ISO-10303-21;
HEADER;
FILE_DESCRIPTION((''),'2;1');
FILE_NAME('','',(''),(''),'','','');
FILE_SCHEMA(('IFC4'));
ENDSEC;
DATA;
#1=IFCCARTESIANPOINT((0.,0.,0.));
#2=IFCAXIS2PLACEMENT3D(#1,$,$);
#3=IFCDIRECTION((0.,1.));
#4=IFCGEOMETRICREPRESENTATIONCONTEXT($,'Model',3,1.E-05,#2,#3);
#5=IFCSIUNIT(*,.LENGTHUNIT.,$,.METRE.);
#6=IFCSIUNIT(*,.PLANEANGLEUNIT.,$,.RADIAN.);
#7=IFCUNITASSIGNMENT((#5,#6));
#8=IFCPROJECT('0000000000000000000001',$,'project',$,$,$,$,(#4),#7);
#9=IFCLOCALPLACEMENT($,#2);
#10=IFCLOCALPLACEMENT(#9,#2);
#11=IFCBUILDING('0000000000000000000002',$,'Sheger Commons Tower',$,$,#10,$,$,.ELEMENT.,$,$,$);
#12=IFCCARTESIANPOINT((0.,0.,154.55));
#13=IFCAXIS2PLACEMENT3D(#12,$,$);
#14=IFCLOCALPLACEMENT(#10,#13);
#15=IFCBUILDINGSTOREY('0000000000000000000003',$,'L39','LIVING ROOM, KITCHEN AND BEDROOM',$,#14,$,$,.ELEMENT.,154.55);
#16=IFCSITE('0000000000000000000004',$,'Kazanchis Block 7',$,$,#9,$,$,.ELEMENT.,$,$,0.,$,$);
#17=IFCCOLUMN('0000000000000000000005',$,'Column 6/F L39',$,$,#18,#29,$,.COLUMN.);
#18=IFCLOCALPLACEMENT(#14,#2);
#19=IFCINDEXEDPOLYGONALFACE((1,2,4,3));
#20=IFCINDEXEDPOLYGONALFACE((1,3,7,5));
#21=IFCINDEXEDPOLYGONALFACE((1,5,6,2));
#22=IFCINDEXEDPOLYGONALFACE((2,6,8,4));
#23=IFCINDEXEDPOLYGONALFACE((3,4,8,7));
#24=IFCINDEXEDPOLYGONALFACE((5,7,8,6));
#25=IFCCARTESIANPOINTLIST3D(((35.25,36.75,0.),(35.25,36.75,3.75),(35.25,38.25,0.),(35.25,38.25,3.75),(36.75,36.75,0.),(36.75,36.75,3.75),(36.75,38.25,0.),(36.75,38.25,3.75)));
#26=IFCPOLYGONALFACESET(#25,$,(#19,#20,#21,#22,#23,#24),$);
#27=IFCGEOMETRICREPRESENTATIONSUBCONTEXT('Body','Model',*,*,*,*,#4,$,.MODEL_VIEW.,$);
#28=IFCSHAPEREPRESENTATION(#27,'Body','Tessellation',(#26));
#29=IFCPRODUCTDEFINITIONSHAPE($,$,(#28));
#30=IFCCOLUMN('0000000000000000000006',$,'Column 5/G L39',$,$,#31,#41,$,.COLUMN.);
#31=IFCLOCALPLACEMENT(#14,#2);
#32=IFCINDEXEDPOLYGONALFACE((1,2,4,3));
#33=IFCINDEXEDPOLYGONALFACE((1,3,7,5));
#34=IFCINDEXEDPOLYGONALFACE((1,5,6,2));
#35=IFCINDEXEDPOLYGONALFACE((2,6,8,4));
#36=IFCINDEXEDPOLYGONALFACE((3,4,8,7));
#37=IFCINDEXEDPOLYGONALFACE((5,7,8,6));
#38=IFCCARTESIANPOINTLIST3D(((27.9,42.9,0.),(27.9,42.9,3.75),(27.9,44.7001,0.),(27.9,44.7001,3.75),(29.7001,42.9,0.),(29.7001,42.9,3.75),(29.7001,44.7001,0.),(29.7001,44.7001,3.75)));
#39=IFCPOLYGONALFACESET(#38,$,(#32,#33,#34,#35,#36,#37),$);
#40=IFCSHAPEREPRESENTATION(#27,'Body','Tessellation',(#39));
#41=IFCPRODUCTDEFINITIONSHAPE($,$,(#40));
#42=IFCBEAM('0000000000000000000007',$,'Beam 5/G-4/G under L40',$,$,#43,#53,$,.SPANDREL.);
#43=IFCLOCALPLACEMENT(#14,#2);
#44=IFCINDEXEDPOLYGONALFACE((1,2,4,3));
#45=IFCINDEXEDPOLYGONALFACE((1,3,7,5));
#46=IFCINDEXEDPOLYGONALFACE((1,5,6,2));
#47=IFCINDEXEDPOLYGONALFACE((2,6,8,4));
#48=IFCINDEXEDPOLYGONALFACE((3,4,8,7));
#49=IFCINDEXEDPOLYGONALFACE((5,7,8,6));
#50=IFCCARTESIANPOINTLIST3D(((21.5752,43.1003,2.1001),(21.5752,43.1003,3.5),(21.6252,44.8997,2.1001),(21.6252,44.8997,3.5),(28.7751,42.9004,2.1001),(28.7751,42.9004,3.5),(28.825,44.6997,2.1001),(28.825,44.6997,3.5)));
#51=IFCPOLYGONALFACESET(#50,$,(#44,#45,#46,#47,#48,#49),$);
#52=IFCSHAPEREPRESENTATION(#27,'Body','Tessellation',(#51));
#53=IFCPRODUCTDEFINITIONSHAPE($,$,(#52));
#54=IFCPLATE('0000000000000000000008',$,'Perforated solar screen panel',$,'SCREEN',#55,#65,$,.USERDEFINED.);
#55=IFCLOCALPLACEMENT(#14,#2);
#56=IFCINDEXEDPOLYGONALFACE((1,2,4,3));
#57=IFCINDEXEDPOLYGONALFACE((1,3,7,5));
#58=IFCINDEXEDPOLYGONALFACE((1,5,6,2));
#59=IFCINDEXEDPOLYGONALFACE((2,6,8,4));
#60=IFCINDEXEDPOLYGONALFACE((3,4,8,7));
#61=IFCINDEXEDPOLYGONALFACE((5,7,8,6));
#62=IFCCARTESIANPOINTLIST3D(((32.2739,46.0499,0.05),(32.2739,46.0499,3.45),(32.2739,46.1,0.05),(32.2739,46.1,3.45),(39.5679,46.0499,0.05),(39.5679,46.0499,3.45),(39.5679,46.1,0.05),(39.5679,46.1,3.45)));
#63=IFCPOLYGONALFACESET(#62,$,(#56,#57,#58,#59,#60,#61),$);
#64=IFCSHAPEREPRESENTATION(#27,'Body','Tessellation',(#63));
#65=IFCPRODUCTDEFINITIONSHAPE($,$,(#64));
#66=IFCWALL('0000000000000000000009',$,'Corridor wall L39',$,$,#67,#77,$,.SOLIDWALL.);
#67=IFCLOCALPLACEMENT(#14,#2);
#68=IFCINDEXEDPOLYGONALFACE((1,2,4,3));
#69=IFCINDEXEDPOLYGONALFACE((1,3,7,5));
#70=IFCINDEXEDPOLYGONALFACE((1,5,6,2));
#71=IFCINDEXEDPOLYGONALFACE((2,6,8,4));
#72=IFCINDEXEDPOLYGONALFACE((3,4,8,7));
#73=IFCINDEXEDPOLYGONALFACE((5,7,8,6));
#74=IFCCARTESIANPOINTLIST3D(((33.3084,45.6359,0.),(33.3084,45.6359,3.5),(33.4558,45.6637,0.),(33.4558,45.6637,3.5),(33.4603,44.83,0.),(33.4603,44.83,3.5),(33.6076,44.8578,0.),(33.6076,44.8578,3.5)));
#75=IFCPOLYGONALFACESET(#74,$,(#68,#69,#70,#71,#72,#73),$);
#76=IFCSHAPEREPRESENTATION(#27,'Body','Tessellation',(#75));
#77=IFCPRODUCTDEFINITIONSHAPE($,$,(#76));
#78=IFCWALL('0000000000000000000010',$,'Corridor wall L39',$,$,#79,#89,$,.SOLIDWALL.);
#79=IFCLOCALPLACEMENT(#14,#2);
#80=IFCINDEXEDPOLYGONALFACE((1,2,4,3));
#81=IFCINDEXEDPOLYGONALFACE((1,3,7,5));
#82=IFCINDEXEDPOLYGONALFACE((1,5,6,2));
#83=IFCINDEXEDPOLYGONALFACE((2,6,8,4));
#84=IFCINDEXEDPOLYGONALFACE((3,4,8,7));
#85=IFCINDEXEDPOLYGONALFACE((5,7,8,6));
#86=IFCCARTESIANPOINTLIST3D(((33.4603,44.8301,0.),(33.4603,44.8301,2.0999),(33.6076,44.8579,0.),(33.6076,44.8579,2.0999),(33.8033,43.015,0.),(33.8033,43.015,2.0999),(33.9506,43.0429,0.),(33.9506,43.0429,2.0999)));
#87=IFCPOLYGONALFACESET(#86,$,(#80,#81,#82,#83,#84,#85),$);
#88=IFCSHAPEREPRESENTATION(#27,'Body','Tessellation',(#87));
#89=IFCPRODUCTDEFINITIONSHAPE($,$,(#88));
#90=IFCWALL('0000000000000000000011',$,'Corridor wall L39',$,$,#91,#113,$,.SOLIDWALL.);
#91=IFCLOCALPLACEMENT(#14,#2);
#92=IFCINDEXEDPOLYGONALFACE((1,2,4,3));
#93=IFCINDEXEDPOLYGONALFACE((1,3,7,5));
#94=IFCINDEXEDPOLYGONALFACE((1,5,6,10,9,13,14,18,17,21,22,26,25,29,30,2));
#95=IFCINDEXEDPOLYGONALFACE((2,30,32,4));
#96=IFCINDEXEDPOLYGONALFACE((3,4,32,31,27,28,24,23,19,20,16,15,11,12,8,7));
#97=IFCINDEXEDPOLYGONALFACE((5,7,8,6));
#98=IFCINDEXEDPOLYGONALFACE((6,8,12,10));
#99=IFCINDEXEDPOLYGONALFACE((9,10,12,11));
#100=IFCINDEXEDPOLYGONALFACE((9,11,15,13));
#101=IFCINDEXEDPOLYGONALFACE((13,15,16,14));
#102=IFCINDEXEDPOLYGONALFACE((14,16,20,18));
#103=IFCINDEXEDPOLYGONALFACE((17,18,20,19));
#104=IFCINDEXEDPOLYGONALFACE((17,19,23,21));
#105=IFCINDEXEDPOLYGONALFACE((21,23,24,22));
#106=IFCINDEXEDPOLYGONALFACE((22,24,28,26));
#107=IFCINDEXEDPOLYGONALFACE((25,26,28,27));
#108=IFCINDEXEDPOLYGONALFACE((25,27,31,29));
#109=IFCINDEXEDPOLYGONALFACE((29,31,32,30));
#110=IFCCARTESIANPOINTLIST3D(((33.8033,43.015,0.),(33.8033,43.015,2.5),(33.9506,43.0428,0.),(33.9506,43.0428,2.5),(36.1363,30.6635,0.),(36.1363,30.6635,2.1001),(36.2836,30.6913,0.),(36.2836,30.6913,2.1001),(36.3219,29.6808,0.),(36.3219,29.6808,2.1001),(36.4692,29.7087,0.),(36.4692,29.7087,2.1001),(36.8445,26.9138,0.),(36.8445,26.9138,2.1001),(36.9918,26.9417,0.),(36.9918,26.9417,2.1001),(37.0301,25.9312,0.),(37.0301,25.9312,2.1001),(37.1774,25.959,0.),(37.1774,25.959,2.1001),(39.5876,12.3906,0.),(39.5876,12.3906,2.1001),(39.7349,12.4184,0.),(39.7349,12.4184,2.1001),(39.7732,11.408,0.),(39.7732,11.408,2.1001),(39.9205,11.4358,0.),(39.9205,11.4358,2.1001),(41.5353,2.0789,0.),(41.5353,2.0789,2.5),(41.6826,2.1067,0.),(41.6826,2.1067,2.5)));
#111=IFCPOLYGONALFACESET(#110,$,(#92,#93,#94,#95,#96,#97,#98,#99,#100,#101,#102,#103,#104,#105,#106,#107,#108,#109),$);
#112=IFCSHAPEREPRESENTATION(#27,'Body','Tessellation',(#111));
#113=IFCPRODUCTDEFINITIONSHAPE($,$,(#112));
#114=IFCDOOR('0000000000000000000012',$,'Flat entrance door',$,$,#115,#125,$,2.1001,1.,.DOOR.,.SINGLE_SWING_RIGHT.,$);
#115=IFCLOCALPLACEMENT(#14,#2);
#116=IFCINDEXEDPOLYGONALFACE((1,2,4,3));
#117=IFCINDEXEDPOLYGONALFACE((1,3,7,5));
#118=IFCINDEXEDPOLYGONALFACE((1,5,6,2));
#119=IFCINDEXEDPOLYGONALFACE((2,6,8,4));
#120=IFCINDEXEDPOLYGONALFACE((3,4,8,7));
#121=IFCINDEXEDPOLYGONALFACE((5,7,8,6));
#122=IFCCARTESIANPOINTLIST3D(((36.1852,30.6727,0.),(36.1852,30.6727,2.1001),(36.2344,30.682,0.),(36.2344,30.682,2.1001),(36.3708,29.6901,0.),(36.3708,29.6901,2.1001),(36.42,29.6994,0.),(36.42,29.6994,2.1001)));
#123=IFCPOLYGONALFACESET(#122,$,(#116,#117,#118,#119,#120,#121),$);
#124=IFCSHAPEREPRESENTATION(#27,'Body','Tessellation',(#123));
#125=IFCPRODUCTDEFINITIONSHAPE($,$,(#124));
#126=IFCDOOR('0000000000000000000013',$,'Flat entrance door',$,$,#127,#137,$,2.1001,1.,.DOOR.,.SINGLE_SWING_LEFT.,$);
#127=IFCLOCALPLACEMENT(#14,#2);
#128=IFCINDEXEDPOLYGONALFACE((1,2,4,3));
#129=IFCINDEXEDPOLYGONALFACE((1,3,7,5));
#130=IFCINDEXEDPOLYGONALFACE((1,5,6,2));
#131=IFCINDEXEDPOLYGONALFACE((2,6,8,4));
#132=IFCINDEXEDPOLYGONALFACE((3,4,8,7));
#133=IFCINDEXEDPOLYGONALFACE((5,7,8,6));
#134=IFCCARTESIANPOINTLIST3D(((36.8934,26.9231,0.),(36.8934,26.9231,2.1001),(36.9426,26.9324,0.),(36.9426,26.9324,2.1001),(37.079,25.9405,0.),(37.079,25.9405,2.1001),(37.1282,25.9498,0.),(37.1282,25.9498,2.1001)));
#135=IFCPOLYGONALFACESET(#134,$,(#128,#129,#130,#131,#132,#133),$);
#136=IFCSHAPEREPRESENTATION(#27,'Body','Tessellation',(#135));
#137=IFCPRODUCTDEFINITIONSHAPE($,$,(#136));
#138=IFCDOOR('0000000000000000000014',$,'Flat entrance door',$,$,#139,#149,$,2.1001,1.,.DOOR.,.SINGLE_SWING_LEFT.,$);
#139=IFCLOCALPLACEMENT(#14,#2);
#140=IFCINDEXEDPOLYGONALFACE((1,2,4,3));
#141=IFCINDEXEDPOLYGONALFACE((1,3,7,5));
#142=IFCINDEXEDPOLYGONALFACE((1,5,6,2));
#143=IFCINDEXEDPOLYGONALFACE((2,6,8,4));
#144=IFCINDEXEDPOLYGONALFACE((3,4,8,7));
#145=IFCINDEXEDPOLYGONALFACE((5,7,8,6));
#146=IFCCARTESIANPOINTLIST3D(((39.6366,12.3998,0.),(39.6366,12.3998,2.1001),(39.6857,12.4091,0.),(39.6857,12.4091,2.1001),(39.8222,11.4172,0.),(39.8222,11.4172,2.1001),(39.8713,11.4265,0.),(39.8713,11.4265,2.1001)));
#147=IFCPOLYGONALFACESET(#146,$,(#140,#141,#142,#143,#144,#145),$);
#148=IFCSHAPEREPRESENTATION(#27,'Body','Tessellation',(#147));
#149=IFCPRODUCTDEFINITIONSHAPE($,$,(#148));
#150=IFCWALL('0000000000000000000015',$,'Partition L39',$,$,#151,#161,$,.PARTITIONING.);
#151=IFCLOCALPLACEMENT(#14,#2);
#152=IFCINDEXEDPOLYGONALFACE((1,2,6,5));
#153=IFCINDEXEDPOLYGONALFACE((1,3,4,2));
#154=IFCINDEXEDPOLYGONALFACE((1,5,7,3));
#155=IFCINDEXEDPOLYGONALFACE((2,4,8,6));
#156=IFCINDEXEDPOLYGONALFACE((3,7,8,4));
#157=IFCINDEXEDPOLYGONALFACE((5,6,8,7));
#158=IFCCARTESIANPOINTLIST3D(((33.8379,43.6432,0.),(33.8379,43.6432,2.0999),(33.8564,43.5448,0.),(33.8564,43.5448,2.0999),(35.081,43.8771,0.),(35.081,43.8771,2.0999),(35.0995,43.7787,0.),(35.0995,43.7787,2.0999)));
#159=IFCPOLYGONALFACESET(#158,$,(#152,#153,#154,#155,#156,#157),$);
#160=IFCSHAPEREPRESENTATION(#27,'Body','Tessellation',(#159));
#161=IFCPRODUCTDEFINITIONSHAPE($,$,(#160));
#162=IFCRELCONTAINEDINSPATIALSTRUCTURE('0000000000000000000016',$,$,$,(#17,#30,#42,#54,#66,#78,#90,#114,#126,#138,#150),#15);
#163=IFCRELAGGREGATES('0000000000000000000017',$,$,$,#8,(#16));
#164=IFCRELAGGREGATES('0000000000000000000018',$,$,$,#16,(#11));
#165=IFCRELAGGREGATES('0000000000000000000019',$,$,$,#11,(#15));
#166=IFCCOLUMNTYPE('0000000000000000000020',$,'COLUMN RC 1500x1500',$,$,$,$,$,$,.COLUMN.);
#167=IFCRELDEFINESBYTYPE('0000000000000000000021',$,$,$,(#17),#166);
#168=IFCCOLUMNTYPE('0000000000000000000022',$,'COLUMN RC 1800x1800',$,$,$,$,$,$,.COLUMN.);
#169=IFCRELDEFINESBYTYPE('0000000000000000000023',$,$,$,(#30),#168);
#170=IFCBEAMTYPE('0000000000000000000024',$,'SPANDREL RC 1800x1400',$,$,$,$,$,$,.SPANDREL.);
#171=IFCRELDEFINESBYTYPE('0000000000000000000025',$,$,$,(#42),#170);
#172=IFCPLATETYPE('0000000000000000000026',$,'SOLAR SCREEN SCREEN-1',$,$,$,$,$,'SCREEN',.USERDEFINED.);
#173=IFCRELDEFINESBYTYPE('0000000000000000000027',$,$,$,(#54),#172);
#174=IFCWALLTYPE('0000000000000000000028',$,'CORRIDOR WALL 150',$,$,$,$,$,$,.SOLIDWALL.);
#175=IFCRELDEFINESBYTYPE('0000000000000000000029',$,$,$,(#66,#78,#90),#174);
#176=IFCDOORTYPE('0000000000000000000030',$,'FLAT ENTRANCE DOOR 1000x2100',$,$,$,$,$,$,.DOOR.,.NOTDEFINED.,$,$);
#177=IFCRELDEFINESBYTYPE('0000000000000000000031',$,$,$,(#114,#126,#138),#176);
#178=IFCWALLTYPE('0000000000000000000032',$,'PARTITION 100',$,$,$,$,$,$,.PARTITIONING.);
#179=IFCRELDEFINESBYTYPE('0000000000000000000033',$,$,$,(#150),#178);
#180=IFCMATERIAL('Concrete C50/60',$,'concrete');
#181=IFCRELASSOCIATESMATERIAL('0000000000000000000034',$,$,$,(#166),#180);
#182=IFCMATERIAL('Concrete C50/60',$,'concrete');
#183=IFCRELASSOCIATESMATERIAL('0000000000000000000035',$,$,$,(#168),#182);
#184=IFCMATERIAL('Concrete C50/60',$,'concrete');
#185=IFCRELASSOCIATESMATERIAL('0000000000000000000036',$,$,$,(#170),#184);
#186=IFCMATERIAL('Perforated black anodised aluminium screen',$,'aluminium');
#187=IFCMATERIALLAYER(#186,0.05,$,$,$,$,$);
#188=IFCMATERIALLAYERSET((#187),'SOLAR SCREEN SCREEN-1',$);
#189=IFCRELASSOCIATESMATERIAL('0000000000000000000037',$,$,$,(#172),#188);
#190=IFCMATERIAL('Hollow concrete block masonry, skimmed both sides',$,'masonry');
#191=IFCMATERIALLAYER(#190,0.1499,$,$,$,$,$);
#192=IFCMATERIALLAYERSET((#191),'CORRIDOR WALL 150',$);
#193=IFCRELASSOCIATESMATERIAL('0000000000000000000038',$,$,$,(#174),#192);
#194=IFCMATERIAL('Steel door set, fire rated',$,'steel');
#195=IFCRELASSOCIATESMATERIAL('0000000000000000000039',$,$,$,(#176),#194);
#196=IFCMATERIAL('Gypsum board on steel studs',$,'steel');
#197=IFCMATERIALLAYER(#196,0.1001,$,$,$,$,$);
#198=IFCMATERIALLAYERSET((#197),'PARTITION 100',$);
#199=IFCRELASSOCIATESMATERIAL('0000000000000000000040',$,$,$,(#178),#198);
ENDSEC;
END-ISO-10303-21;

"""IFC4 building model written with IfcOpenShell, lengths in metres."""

from ifc_helpers import new_model, si_unit, direction, frame, frame_2d, origin, origin_2d, place, context, subcontext, project, spatial, rectangle, extrude, material, layer, layer_set, material_profile, profile_set, type_object, element, fill, save


model = new_model("IFC4")

# Units and contexts
model_context = context("Model", 3, precision=1e-05, world=origin(), true_north=direction((0.0, 1.0)))
body_context = subcontext(model_context, "Body", "Model", "MODEL_VIEW")
ifc_project = project(units=[si_unit("LENGTHUNIT", "METRE"), si_unit("PLANEANGLEUNIT", "RADIAN")], contexts=[model_context])

# Site, building, storey
site_placement = place(None, origin())
site = spatial("IfcSite", under=ifc_project, at=site_placement, Name="Kazanchis Block 7", CompositionType="ELEMENT", RefElevation=0.0)
building_placement = place(site_placement, origin())
building = spatial("IfcBuilding", under=site, at=building_placement, Name="Sheger Commons Tower", CompositionType="ELEMENT")
storey_placement = place(building_placement, frame((0.0, 0.0, 154.55)))
storey = spatial("IfcBuildingStorey", under=building, at=storey_placement, Name="L39", Description="LIVING ROOM, KITCHEN AND BEDROOM", CompositionType="ELEMENT", Elevation=154.55)

# Columns
ifc_material_1 = material(Name="Concrete C50/60", Category="concrete")
ifc_material_profile_1 = material_profile(ifc_material_1, rectangle(XDim=1.5, YDim=1.5, at=origin_2d()), Name="RC 1500x1500")
ifc_profile_set_1 = profile_set([ifc_material_profile_1], Name="Concrete C50/60")
column_type_1 = type_object("IfcColumnType", Name="COLUMN RC 1500x1500", PredefinedType="COLUMN", material=ifc_profile_set_1)
column_1_placement = place(storey_placement, frame((36.0, 37.5, 0.0), z_axis=(0.0, 0.0, 1.0), x_axis=(1.0, 0.0, 0.0)))
element("IfcColumn", 1, at=column_1_placement, inside=storey, type_object=column_type_1, Name="Column 6/F L39", PredefinedType="COLUMN", context=body_context, shape_type="SweptSolid", body=[
    extrude(rectangle(XDim=1.5, YDim=1.5, at=origin_2d()), origin(), (0.0, 0.0, 1.0), 3.75),
])
ifc_material_2 = material(Name="Concrete C50/60", Category="concrete")
ifc_material_profile_2 = material_profile(ifc_material_2, rectangle(XDim=1.8, YDim=1.8, at=origin_2d()), Name="RC 1800x1800")
ifc_profile_set_2 = profile_set([ifc_material_profile_2], Name="Concrete C50/60")
column_type_2 = type_object("IfcColumnType", Name="COLUMN RC 1800x1800", PredefinedType="COLUMN", material=ifc_profile_set_2)
column_2_placement = place(storey_placement, frame((28.8, 43.8, 0.0), z_axis=(0.0, 0.0, 1.0), x_axis=(1.0, 0.0, 0.0)))
element("IfcColumn", 2, at=column_2_placement, inside=storey, type_object=column_type_2, Name="Column 5/G L39", PredefinedType="COLUMN", context=body_context, shape_type="SweptSolid", body=[
    extrude(rectangle(XDim=1.8, YDim=1.8, at=origin_2d()), origin(), (0.0, 0.0, 1.0), 3.75),
])

# Beam
ifc_material_3 = material(Name="Concrete C50/60", Category="concrete")
ifc_material_profile_3 = material_profile(ifc_material_3, rectangle(XDim=1.8, YDim=1.3999, at=origin_2d()), Name="RC 1800x1400")
ifc_profile_set_3 = profile_set([ifc_material_profile_3], Name="Concrete C50/60")
beam_type = type_object("IfcBeamType", Name="SPANDREL RC 1800x1400", PredefinedType="SPANDREL", material=ifc_profile_set_3)
beam_placement = place(storey_placement, frame((28.8, 43.8, 2.8), z_axis=(-0.999615, 0.02776, 0.0), x_axis=(-0.02776, -0.999615, 0.0)))
element("IfcBeam", 3, at=beam_placement, inside=storey, type_object=beam_type, Name="Beam 5/G-4/G under L40", PredefinedType="SPANDREL", context=body_context, shape_type="SweptSolid", body=[
    extrude(rectangle(XDim=1.8, YDim=1.3999, at=origin_2d()), origin(), (0.0, 0.0, 1.0), 7.2026),
])

# Plate
ifc_material_4 = material(Name="Perforated black anodised aluminium screen", Category="aluminium")
ifc_layer_1 = layer(ifc_material_4, 0.05)
ifc_layer_set_1 = layer_set([ifc_layer_1], Name="SOLAR SCREEN SCREEN-1")
plate_type = type_object("IfcPlateType", Name="SOLAR SCREEN SCREEN-1", ElementType="SCREEN", PredefinedType="USERDEFINED", material=ifc_layer_set_1)
plate_placement = place(storey_placement, frame((35.9209, 46.075, 0.05), z_axis=(0.0, 0.0, 1.0), x_axis=(-1.0, 0.0, 0.0)))
element("IfcPlate", 4, at=plate_placement, inside=storey, type_object=plate_type, Name="Perforated solar screen panel", ObjectType="SCREEN", PredefinedType="USERDEFINED", context=body_context, shape_type="SweptSolid", body=[
    extrude(rectangle(XDim=7.2939, YDim=0.05, at=origin_2d()), origin(), (0.0, 0.0, 1.0), 3.3999),
])

# Walls
ifc_material_5 = material(Name="Hollow concrete block masonry, skimmed both sides", Category="masonry")
ifc_layer_2 = layer(ifc_material_5, 0.1499)
ifc_layer_set_2 = layer_set([ifc_layer_2], Name="CORRIDOR WALL 150")
wall_type_1 = type_object("IfcWallType", Name="CORRIDOR WALL 150", PredefinedType="SOLIDWALL", material=ifc_layer_set_2)
wall_1_placement = place(storey_placement, frame((33.3821, 45.6499, 0.0), z_axis=(0.0, 0.0, 1.0), x_axis=(0.185169, -0.982707, 0.0)))
element("IfcWall", 5, at=wall_1_placement, inside=storey, type_object=wall_type_1, Name="Corridor wall L39", PredefinedType="SOLIDWALL", context=body_context, shape_type="SweptSolid", body=[
    extrude(rectangle(XDim=0.8201, YDim=0.1499, at=frame_2d((0.4102, 0.0))), origin(), (0.0, 0.0, 1.0), 3.5),
])
wall_2_placement = place(storey_placement, frame((33.5339, 44.844, 0.0), z_axis=(0.0, 0.0, 1.0), x_axis=(0.185709, -0.982605, 0.0)))
element("IfcWall", 6, at=wall_2_placement, inside=storey, type_object=wall_type_1, Name="Corridor wall L39", PredefinedType="SOLIDWALL", context=body_context, shape_type="SweptSolid", body=[
    extrude(rectangle(XDim=1.8472, YDim=0.1499, at=frame_2d((0.9236, 0.0))), origin(), (0.0, 0.0, 1.0), 2.0999),
])

# Wall, openings, doors
wall_3_placement = place(storey_placement, frame((33.877, 43.0291, 0.0), z_axis=(0.0, 0.0, 1.0), x_axis=(0.185597, -0.982626, 0.0)))
wall_3 = element("IfcWall", 7, at=wall_3_placement, inside=storey, type_object=wall_type_1, Name="Corridor wall L39", PredefinedType="SOLIDWALL", context=body_context, shape_type="SweptSolid", body=[
    extrude(rectangle(XDim=41.6599, YDim=0.1499, at=frame_2d((20.8301, 0.0))), origin(), (0.0, 0.0, 1.0), 2.5),
])
opening_1_placement = place(wall_3_placement, frame((12.5701, 0.0, 0.0)))
opening_1 = element("IfcOpeningElement", 8, at=opening_1_placement, cuts=wall_3, PredefinedType="OPENING", context=body_context, shape_type="SweptSolid", body=[
    extrude(rectangle(XDim=1.0, YDim=2.1001, at=frame_2d((0.5, 1.05))), frame((0.0, 0.085, 0.0), z_axis=(0.0, -1.0, 0.0), x_axis=(1.0, 0.0, 0.0)), (0.0, 0.0, 1.0), 0.1699),
])
opening_2_placement = place(wall_3_placement, frame((16.386, 0.0, 0.0)))
opening_2 = element("IfcOpeningElement", 9, at=opening_2_placement, cuts=wall_3, PredefinedType="OPENING", context=body_context, shape_type="SweptSolid", body=[
    extrude(rectangle(XDim=1.0, YDim=2.1001, at=frame_2d((0.5, 1.05))), frame((0.0, 0.085, 0.0), z_axis=(0.0, -1.0, 0.0), x_axis=(1.0, 0.0, 0.0)), (0.0, 0.0, 1.0), 0.1699),
])
opening_3_placement = place(wall_3_placement, frame((31.166, 0.0, 0.0)))
opening_3 = element("IfcOpeningElement", 10, at=opening_3_placement, cuts=wall_3, PredefinedType="OPENING", context=body_context, shape_type="SweptSolid", body=[
    extrude(rectangle(XDim=1.0, YDim=2.1001, at=frame_2d((0.5, 1.05))), frame((0.0, 0.085, 0.0), z_axis=(0.0, -1.0, 0.0), x_axis=(1.0, 0.0, 0.0)), (0.0, 0.0, 1.0), 0.1699),
])
ifc_material_6 = material(Name="Steel door set, fire rated", Category="steel")
door_type_1 = type_object("IfcDoorType", Name="FLAT ENTRANCE DOOR 1000x2100", OperationType="NOTDEFINED", PredefinedType="DOOR", material=ifc_material_6)
door_1_placement = place(opening_1_placement, origin())
door_1 = element("IfcDoor", 11, at=door_1_placement, inside=storey, type_object=door_type_1, Name="Flat entrance door", OperationType="SINGLE_SWING_RIGHT", OverallHeight=2.1001, OverallWidth=1.0, PredefinedType="DOOR", context=body_context, shape_type="SweptSolid", body=[
    extrude(rectangle(XDim=1.0, YDim=2.1001, at=frame_2d((0.5, 1.05))), frame((0.0, 0.0249, 0.0), z_axis=(0.0, -1.0, 0.0), x_axis=(1.0, 0.0, 0.0)), (0.0, 0.0, 1.0), 0.05),
])
fill(opening_1, door_1)
door_2_placement = place(opening_2_placement, origin())
door_2 = element("IfcDoor", 12, at=door_2_placement, inside=storey, type_object=door_type_1, Name="Flat entrance door", OperationType="SINGLE_SWING_LEFT", OverallHeight=2.1001, OverallWidth=1.0, PredefinedType="DOOR", context=body_context, shape_type="SweptSolid", body=[
    extrude(rectangle(XDim=1.0, YDim=2.1001, at=frame_2d((0.5, 1.05))), frame((0.0, 0.0249, 0.0), z_axis=(0.0, -1.0, 0.0), x_axis=(1.0, 0.0, 0.0)), (0.0, 0.0, 1.0), 0.05),
])
fill(opening_2, door_2)
door_3_placement = place(opening_3_placement, origin())
door_3 = element("IfcDoor", 13, at=door_3_placement, inside=storey, type_object=door_type_1, Name="Flat entrance door", OperationType="SINGLE_SWING_LEFT", OverallHeight=2.1001, OverallWidth=1.0, PredefinedType="DOOR", context=body_context, shape_type="SweptSolid", body=[
    extrude(rectangle(XDim=1.0, YDim=2.1001, at=frame_2d((0.5, 1.05))), frame((0.0, 0.0249, 0.0), z_axis=(0.0, -1.0, 0.0), x_axis=(1.0, 0.0, 0.0)), (0.0, 0.0, 1.0), 0.05),
])
fill(opening_3, door_3)

# Wall
ifc_material_7 = material(Name="Gypsum board on steel studs", Category="steel")
ifc_layer_3 = layer(ifc_material_7, 0.1001)
ifc_layer_set_3 = layer_set([ifc_layer_3], Name="PARTITION 100")
wall_type_2 = type_object("IfcWallType", Name="PARTITION 100", PredefinedType="PARTITIONING", material=ifc_layer_set_3)
wall_4_placement = place(storey_placement, frame((35.0901, 43.8279, 0.0), z_axis=(0.0, 0.0, 1.0), x_axis=(-0.982758, -0.184894, 0.0)))
element("IfcWall", 14, at=wall_4_placement, inside=storey, type_object=wall_type_2, Name="Partition L39", PredefinedType="PARTITIONING", context=body_context, shape_type="SweptSolid", body=[
    extrude(rectangle(XDim=1.2649, YDim=0.1001, at=frame_2d((0.6323, 0.0))), origin(), (0.0, 0.0, 1.0), 2.0999),
])

save(model, "model.ifc")
